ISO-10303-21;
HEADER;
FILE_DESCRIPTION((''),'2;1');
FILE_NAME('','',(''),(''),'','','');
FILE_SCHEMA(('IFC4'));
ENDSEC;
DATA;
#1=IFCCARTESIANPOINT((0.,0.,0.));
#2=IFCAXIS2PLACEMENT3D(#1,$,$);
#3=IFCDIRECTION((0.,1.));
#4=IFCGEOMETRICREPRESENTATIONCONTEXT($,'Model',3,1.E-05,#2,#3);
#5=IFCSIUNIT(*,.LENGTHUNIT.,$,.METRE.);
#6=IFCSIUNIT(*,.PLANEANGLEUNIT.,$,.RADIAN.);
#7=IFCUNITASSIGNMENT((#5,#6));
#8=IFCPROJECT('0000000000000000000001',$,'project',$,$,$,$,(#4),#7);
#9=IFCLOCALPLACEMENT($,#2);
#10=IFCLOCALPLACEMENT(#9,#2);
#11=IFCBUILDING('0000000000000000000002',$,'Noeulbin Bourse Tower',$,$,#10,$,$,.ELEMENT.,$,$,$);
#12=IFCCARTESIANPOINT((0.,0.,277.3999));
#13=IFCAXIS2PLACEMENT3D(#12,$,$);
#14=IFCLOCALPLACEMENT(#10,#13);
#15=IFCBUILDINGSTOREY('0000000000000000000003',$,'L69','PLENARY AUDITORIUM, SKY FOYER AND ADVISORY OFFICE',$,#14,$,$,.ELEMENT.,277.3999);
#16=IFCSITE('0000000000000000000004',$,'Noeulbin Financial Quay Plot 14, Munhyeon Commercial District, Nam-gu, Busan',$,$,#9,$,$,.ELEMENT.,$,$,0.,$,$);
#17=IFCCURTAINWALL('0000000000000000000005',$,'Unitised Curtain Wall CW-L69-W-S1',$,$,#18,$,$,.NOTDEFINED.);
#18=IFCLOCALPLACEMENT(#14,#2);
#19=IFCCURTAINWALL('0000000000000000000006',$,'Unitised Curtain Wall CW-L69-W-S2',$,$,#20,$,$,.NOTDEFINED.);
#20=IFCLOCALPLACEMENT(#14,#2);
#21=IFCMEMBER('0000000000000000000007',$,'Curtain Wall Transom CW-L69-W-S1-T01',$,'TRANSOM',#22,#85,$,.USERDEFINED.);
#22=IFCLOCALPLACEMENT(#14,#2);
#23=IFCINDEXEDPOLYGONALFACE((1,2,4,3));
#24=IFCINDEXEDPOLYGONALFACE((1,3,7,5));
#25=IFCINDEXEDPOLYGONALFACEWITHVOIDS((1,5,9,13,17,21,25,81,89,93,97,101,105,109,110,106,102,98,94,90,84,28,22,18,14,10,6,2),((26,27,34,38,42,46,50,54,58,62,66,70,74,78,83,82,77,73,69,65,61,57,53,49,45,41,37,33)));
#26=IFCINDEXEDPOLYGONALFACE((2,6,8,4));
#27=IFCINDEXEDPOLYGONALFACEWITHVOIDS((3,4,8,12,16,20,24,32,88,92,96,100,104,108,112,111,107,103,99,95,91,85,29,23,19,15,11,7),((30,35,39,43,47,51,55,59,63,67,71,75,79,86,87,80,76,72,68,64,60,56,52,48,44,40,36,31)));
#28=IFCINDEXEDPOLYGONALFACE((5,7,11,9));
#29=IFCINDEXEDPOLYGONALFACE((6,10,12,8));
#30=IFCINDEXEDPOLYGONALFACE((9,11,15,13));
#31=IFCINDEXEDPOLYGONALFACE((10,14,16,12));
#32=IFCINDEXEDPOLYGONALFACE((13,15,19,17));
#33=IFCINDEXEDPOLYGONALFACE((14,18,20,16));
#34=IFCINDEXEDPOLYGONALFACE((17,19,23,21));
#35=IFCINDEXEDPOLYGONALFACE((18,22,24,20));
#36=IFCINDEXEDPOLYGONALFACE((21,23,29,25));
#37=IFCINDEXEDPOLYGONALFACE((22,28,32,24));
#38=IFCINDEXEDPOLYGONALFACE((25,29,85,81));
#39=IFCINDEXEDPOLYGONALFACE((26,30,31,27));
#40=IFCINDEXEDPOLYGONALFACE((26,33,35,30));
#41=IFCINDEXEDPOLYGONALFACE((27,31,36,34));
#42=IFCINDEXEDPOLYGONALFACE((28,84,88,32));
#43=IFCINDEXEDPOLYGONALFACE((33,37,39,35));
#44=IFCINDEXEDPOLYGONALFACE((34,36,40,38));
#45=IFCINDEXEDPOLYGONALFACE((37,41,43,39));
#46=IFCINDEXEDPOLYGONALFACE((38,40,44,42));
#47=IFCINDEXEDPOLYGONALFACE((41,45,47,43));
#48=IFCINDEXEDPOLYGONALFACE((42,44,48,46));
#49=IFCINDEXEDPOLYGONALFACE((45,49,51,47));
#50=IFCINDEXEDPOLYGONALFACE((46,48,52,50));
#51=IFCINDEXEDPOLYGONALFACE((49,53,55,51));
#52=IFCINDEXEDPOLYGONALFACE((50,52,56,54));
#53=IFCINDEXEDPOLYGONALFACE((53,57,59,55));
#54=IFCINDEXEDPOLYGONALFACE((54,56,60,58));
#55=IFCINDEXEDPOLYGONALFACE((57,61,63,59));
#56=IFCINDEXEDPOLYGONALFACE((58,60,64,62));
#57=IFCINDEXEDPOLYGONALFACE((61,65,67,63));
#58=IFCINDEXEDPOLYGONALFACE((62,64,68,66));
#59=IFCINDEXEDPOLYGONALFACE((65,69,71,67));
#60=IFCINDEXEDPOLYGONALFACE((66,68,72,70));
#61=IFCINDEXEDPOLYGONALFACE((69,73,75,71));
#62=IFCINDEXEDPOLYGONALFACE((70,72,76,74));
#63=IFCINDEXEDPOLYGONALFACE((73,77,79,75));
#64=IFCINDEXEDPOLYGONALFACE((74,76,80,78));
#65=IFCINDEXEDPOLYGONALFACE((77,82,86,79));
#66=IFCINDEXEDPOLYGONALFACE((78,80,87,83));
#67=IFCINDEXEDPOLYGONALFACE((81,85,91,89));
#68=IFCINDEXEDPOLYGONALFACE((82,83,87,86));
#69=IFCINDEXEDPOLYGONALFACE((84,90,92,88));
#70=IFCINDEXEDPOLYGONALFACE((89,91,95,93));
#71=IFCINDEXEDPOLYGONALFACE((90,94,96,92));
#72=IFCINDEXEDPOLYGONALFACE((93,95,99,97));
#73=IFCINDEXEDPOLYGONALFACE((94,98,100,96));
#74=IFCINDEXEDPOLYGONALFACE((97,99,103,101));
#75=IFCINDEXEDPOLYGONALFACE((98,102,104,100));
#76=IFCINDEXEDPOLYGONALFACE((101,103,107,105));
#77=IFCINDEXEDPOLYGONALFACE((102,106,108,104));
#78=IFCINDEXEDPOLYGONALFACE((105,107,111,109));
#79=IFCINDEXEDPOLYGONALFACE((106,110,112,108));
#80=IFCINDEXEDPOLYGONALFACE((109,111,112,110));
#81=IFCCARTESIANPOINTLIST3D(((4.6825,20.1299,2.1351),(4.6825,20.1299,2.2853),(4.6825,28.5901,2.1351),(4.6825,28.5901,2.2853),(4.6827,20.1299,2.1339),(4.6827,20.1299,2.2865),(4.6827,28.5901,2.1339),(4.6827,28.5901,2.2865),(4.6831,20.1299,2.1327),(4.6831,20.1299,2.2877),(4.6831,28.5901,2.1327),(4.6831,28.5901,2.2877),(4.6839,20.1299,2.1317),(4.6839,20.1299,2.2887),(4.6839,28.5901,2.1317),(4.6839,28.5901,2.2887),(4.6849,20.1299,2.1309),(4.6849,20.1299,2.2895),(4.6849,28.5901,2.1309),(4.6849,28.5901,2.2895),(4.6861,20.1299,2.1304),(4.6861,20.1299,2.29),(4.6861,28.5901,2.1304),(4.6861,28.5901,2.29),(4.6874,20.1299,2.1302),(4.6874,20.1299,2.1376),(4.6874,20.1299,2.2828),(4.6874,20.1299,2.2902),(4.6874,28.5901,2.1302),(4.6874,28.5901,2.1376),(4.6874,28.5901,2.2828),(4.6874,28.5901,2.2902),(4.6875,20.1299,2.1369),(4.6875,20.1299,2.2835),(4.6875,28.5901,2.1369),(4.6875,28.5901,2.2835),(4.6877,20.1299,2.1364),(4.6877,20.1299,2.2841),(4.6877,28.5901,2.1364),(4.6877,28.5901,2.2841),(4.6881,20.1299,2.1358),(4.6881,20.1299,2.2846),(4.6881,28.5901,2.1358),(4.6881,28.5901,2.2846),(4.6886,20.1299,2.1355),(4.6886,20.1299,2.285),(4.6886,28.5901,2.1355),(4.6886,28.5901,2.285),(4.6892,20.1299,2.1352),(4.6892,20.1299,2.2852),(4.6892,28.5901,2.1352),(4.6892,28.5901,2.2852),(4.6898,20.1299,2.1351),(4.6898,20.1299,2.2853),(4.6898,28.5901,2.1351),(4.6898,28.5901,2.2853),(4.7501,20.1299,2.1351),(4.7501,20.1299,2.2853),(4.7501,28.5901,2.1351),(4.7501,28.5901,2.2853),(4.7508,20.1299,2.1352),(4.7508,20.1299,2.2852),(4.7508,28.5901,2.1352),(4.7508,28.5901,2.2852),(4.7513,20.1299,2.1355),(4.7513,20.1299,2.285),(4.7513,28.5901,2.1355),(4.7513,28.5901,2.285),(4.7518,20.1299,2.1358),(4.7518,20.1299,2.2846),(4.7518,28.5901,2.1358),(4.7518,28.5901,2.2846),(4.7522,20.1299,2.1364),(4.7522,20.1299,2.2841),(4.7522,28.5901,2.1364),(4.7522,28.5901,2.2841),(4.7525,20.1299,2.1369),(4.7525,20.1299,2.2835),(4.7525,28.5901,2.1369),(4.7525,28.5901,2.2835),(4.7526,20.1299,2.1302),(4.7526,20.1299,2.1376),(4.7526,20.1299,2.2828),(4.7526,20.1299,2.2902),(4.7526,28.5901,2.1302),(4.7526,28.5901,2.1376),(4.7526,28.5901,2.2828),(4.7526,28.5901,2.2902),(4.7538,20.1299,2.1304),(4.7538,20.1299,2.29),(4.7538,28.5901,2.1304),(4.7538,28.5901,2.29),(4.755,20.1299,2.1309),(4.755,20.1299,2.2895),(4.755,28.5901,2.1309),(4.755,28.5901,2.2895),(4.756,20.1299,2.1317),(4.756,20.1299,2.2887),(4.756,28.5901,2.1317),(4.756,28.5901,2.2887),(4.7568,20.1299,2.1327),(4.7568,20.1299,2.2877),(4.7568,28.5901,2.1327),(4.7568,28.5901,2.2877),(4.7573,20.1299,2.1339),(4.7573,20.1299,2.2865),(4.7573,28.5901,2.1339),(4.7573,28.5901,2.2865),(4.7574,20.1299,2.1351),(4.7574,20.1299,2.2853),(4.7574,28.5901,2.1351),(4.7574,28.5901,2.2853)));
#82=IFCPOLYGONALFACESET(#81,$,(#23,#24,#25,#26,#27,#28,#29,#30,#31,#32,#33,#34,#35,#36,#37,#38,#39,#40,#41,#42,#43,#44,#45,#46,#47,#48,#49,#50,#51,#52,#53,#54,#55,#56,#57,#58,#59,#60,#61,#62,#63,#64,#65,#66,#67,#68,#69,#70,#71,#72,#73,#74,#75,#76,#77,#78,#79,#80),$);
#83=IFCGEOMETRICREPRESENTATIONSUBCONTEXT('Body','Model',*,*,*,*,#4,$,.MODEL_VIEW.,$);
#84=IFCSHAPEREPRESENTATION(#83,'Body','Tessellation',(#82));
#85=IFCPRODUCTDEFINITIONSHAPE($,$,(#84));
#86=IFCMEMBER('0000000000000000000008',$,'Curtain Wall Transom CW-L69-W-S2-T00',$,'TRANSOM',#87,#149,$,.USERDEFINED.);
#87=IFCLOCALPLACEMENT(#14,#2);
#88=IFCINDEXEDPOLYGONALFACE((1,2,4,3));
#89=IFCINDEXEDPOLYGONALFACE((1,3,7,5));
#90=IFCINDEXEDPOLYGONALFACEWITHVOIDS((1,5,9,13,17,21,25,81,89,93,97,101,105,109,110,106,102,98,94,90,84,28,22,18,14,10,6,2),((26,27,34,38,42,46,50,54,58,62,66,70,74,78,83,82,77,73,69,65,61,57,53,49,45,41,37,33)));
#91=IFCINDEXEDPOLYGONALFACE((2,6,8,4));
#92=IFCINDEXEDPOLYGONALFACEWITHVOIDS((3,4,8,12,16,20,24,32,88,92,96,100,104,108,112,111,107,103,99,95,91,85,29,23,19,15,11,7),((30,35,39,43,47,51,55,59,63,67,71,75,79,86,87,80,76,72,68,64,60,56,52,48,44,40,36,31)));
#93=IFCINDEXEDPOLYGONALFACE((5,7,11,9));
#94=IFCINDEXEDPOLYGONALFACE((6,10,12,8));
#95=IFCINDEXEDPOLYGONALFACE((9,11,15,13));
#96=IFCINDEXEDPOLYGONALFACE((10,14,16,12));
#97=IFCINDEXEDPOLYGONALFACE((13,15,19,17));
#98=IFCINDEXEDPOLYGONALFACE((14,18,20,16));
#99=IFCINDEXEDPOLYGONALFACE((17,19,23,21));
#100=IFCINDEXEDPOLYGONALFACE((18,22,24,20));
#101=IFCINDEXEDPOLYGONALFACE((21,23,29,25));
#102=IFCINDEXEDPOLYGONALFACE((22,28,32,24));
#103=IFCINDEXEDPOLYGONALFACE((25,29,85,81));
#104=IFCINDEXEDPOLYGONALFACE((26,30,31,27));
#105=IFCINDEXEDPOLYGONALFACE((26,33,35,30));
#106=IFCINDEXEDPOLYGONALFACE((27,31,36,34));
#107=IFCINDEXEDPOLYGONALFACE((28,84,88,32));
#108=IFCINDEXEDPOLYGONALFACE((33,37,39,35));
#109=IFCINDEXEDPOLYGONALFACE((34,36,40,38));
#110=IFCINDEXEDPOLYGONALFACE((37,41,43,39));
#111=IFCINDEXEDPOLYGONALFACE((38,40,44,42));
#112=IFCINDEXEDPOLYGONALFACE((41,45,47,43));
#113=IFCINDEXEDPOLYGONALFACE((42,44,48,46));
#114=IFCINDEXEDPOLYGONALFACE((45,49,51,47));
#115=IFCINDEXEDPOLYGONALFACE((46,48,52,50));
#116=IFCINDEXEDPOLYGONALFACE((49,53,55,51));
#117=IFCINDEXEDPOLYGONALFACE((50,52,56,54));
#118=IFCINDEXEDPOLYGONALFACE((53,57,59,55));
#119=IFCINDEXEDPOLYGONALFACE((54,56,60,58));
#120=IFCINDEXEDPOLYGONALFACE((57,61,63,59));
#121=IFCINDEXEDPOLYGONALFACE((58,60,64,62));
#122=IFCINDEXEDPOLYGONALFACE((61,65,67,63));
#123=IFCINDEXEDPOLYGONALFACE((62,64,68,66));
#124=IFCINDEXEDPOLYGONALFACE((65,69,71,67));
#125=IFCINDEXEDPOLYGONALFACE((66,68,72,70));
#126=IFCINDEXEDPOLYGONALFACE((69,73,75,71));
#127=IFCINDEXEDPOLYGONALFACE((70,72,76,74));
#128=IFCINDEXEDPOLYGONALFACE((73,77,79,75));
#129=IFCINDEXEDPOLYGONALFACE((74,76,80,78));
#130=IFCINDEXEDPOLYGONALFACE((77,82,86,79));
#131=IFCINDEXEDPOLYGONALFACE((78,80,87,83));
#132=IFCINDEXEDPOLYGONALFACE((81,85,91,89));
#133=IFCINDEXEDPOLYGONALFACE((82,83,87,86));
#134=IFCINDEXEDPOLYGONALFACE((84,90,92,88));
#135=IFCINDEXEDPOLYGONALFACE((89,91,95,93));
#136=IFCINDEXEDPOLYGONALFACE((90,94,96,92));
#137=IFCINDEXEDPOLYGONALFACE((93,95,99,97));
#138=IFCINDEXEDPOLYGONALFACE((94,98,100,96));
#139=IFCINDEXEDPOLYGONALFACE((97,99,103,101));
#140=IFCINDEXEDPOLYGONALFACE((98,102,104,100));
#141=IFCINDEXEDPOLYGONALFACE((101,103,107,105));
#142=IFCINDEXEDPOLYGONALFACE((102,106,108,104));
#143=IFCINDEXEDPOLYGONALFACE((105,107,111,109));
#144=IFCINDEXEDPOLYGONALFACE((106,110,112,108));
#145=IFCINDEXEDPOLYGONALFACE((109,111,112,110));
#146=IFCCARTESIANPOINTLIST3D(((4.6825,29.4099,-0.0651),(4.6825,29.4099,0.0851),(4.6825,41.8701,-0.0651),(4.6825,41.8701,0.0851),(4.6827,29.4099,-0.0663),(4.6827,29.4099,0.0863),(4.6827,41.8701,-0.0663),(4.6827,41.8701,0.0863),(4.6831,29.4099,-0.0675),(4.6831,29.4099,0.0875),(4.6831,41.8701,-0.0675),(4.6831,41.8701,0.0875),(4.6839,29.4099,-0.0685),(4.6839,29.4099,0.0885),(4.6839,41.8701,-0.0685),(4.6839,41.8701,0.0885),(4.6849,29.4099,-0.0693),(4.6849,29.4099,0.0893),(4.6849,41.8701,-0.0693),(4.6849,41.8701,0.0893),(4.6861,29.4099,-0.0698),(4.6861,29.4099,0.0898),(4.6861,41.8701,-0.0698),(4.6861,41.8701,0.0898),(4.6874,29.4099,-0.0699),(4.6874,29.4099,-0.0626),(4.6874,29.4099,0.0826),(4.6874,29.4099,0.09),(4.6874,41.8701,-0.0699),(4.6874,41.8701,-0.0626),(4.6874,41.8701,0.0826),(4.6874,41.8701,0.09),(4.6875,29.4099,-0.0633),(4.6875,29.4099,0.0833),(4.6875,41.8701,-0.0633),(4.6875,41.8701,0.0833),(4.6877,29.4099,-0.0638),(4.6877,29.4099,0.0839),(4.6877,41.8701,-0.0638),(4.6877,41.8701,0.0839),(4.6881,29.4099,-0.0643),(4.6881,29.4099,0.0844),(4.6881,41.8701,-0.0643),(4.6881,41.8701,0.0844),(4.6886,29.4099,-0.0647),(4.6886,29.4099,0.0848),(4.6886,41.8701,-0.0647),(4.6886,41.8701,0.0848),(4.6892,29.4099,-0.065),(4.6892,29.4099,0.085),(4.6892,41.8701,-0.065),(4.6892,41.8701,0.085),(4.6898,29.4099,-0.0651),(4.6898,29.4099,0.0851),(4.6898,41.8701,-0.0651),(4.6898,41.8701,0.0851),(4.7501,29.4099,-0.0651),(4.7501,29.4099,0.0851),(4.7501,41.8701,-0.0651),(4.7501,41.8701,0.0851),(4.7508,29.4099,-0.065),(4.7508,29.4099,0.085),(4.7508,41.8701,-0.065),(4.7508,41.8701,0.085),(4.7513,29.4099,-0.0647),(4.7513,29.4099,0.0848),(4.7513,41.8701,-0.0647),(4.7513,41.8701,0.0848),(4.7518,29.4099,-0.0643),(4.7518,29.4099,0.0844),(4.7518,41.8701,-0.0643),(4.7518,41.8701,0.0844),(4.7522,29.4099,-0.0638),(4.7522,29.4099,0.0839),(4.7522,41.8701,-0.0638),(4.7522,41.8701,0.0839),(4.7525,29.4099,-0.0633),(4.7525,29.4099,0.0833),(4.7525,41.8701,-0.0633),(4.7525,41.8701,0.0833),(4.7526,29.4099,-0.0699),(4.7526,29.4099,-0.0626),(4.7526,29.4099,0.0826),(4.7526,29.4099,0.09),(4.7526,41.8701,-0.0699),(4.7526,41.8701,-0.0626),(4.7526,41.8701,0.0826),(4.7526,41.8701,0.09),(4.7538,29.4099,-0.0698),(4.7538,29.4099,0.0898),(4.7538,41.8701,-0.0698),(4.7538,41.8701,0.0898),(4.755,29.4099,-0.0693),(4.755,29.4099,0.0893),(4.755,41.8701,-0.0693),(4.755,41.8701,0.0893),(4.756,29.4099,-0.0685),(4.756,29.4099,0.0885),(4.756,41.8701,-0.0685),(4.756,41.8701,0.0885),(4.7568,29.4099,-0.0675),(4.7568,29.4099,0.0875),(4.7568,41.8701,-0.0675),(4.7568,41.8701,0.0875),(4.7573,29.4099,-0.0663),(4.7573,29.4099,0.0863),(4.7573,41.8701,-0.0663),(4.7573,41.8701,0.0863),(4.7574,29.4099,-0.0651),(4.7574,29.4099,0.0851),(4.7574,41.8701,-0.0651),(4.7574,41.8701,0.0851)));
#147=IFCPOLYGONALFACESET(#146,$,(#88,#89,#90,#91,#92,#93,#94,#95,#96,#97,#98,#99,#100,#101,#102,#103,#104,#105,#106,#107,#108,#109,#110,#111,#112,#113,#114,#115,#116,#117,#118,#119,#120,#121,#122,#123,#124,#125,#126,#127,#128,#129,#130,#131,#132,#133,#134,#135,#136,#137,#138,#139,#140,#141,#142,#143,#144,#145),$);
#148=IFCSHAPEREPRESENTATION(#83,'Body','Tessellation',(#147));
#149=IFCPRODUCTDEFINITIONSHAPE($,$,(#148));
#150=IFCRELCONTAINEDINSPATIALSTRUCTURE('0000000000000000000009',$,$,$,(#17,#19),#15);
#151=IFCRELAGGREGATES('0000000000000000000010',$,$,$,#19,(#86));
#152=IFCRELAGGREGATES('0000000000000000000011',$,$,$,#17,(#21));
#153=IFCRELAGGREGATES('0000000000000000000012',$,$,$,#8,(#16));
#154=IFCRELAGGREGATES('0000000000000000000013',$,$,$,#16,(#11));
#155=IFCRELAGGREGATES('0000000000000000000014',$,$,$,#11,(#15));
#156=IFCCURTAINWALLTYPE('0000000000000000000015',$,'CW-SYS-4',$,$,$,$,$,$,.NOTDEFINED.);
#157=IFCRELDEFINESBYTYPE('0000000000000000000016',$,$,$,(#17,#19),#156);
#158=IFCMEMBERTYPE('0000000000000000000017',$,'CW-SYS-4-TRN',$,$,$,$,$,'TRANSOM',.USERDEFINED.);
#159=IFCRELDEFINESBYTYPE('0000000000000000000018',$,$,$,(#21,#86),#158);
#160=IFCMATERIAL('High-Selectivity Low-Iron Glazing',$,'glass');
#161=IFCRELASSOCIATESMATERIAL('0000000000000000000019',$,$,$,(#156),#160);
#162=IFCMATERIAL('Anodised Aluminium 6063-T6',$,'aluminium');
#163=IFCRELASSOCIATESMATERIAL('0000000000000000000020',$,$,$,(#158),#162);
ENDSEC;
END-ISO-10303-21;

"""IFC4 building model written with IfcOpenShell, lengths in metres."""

from ifc_helpers import new_model, si_unit, direction, frame, origin, origin_2d, place, context, subcontext, project, spatial, hollow_rectangle, extrude, material, material_profile, profile_set, type_object, element, aggregate, save


model = new_model("IFC4")

# Units and contexts
model_context = context("Model", 3, precision=1e-05, world=origin(), true_north=direction((0.0, 1.0)))
body_context = subcontext(model_context, "Body", "Model", "MODEL_VIEW")
ifc_project = project(units=[si_unit("LENGTHUNIT", "METRE"), si_unit("PLANEANGLEUNIT", "RADIAN")], contexts=[model_context])

# Site, building, storey
site_placement = place(None, origin())
site = spatial("IfcSite", under=ifc_project, at=site_placement, Name="Noeulbin Financial Quay Plot 14, Munhyeon Commercial District, Nam-gu, Busan", CompositionType="ELEMENT", RefElevation=0.0)
building_placement = place(site_placement, origin())
building = spatial("IfcBuilding", under=site, at=building_placement, Name="Noeulbin Bourse Tower", CompositionType="ELEMENT")
storey_placement = place(building_placement, frame((0.0, 0.0, 277.3999)))
storey = spatial("IfcBuildingStorey", under=building, at=storey_placement, Name="L69", Description="PLENARY AUDITORIUM, SKY FOYER AND ADVISORY OFFICE", CompositionType="ELEMENT", Elevation=277.3999)

# Curtain wall
ifc_material_1 = material(Name="High-Selectivity Low-Iron Glazing", Category="glass")
curtain_wall_type = type_object("IfcCurtainWallType", Name="CW-SYS-4", PredefinedType="NOTDEFINED", material=ifc_material_1)
curtain_wall_1_placement = place(storey_placement, origin())
curtain_wall_1 = element("IfcCurtainWall", 1, at=curtain_wall_1_placement, inside=storey, type_object=curtain_wall_type, Name="Unitised Curtain Wall CW-L69-W-S1", PredefinedType="NOTDEFINED")
ifc_material_2 = material(Name="Anodised Aluminium 6063-T6", Category="aluminium")

# Curtain wall
curtain_wall_2_placement = place(storey_placement, origin())
curtain_wall_2 = element("IfcCurtainWall", 2, at=curtain_wall_2_placement, inside=storey, type_object=curtain_wall_type, Name="Unitised Curtain Wall CW-L69-W-S2", PredefinedType="NOTDEFINED")

# Members
ifc_material_profile_1 = material_profile(ifc_material_2, hollow_rectangle(XDim=0.075, YDim=0.1599, WallThickness=0.0049, InnerFilletRadius=0.0024, OuterFilletRadius=0.0049, at=origin_2d()), Name="ALU-TRAN-75x160x5", Category="LoadBearing")
ifc_profile_set_1 = profile_set([ifc_material_profile_1], Name="Anodised Aluminium 6063-T6")
member_type_1 = type_object("IfcMemberType", Name="CW-SYS-4-TRN", ElementType="TRANSOM", PredefinedType="USERDEFINED", material=ifc_profile_set_1)
member_1_placement = place(storey_placement, frame((4.72, 20.1299, 2.2102), z_axis=(0.0, 1.0, 0.0), x_axis=(-1.0, 0.0, 0.0)))
member_1 = element("IfcMember", 3, at=member_1_placement, type_object=member_type_1, Name="Curtain Wall Transom CW-L69-W-S1-T01", ObjectType="TRANSOM", PredefinedType="USERDEFINED", context=body_context, shape_type="SweptSolid", body=[
    extrude(hollow_rectangle(XDim=0.075, YDim=0.1599, WallThickness=0.0049, InnerFilletRadius=0.0024, OuterFilletRadius=0.0049, at=origin_2d()), origin(), (0.0, 0.0, 1.0), 8.4602),
])
member_2_placement = place(storey_placement, frame((4.72, 29.4099, 0.01), z_axis=(0.0, 1.0, 0.0), x_axis=(-1.0, 0.0, 0.0)))
member_2 = element("IfcMember", 4, at=member_2_placement, type_object=member_type_1, Name="Curtain Wall Transom CW-L69-W-S2-T00", ObjectType="TRANSOM", PredefinedType="USERDEFINED", context=body_context, shape_type="SweptSolid", body=[
    extrude(hollow_rectangle(XDim=0.075, YDim=0.1599, WallThickness=0.0049, InnerFilletRadius=0.0024, OuterFilletRadius=0.0049, at=origin_2d()), origin(), (0.0, 0.0, 1.0), 12.4602),
])
aggregate(curtain_wall_2, [member_2])

aggregate(curtain_wall_1, [member_1])

save(model, "model.ifc")
